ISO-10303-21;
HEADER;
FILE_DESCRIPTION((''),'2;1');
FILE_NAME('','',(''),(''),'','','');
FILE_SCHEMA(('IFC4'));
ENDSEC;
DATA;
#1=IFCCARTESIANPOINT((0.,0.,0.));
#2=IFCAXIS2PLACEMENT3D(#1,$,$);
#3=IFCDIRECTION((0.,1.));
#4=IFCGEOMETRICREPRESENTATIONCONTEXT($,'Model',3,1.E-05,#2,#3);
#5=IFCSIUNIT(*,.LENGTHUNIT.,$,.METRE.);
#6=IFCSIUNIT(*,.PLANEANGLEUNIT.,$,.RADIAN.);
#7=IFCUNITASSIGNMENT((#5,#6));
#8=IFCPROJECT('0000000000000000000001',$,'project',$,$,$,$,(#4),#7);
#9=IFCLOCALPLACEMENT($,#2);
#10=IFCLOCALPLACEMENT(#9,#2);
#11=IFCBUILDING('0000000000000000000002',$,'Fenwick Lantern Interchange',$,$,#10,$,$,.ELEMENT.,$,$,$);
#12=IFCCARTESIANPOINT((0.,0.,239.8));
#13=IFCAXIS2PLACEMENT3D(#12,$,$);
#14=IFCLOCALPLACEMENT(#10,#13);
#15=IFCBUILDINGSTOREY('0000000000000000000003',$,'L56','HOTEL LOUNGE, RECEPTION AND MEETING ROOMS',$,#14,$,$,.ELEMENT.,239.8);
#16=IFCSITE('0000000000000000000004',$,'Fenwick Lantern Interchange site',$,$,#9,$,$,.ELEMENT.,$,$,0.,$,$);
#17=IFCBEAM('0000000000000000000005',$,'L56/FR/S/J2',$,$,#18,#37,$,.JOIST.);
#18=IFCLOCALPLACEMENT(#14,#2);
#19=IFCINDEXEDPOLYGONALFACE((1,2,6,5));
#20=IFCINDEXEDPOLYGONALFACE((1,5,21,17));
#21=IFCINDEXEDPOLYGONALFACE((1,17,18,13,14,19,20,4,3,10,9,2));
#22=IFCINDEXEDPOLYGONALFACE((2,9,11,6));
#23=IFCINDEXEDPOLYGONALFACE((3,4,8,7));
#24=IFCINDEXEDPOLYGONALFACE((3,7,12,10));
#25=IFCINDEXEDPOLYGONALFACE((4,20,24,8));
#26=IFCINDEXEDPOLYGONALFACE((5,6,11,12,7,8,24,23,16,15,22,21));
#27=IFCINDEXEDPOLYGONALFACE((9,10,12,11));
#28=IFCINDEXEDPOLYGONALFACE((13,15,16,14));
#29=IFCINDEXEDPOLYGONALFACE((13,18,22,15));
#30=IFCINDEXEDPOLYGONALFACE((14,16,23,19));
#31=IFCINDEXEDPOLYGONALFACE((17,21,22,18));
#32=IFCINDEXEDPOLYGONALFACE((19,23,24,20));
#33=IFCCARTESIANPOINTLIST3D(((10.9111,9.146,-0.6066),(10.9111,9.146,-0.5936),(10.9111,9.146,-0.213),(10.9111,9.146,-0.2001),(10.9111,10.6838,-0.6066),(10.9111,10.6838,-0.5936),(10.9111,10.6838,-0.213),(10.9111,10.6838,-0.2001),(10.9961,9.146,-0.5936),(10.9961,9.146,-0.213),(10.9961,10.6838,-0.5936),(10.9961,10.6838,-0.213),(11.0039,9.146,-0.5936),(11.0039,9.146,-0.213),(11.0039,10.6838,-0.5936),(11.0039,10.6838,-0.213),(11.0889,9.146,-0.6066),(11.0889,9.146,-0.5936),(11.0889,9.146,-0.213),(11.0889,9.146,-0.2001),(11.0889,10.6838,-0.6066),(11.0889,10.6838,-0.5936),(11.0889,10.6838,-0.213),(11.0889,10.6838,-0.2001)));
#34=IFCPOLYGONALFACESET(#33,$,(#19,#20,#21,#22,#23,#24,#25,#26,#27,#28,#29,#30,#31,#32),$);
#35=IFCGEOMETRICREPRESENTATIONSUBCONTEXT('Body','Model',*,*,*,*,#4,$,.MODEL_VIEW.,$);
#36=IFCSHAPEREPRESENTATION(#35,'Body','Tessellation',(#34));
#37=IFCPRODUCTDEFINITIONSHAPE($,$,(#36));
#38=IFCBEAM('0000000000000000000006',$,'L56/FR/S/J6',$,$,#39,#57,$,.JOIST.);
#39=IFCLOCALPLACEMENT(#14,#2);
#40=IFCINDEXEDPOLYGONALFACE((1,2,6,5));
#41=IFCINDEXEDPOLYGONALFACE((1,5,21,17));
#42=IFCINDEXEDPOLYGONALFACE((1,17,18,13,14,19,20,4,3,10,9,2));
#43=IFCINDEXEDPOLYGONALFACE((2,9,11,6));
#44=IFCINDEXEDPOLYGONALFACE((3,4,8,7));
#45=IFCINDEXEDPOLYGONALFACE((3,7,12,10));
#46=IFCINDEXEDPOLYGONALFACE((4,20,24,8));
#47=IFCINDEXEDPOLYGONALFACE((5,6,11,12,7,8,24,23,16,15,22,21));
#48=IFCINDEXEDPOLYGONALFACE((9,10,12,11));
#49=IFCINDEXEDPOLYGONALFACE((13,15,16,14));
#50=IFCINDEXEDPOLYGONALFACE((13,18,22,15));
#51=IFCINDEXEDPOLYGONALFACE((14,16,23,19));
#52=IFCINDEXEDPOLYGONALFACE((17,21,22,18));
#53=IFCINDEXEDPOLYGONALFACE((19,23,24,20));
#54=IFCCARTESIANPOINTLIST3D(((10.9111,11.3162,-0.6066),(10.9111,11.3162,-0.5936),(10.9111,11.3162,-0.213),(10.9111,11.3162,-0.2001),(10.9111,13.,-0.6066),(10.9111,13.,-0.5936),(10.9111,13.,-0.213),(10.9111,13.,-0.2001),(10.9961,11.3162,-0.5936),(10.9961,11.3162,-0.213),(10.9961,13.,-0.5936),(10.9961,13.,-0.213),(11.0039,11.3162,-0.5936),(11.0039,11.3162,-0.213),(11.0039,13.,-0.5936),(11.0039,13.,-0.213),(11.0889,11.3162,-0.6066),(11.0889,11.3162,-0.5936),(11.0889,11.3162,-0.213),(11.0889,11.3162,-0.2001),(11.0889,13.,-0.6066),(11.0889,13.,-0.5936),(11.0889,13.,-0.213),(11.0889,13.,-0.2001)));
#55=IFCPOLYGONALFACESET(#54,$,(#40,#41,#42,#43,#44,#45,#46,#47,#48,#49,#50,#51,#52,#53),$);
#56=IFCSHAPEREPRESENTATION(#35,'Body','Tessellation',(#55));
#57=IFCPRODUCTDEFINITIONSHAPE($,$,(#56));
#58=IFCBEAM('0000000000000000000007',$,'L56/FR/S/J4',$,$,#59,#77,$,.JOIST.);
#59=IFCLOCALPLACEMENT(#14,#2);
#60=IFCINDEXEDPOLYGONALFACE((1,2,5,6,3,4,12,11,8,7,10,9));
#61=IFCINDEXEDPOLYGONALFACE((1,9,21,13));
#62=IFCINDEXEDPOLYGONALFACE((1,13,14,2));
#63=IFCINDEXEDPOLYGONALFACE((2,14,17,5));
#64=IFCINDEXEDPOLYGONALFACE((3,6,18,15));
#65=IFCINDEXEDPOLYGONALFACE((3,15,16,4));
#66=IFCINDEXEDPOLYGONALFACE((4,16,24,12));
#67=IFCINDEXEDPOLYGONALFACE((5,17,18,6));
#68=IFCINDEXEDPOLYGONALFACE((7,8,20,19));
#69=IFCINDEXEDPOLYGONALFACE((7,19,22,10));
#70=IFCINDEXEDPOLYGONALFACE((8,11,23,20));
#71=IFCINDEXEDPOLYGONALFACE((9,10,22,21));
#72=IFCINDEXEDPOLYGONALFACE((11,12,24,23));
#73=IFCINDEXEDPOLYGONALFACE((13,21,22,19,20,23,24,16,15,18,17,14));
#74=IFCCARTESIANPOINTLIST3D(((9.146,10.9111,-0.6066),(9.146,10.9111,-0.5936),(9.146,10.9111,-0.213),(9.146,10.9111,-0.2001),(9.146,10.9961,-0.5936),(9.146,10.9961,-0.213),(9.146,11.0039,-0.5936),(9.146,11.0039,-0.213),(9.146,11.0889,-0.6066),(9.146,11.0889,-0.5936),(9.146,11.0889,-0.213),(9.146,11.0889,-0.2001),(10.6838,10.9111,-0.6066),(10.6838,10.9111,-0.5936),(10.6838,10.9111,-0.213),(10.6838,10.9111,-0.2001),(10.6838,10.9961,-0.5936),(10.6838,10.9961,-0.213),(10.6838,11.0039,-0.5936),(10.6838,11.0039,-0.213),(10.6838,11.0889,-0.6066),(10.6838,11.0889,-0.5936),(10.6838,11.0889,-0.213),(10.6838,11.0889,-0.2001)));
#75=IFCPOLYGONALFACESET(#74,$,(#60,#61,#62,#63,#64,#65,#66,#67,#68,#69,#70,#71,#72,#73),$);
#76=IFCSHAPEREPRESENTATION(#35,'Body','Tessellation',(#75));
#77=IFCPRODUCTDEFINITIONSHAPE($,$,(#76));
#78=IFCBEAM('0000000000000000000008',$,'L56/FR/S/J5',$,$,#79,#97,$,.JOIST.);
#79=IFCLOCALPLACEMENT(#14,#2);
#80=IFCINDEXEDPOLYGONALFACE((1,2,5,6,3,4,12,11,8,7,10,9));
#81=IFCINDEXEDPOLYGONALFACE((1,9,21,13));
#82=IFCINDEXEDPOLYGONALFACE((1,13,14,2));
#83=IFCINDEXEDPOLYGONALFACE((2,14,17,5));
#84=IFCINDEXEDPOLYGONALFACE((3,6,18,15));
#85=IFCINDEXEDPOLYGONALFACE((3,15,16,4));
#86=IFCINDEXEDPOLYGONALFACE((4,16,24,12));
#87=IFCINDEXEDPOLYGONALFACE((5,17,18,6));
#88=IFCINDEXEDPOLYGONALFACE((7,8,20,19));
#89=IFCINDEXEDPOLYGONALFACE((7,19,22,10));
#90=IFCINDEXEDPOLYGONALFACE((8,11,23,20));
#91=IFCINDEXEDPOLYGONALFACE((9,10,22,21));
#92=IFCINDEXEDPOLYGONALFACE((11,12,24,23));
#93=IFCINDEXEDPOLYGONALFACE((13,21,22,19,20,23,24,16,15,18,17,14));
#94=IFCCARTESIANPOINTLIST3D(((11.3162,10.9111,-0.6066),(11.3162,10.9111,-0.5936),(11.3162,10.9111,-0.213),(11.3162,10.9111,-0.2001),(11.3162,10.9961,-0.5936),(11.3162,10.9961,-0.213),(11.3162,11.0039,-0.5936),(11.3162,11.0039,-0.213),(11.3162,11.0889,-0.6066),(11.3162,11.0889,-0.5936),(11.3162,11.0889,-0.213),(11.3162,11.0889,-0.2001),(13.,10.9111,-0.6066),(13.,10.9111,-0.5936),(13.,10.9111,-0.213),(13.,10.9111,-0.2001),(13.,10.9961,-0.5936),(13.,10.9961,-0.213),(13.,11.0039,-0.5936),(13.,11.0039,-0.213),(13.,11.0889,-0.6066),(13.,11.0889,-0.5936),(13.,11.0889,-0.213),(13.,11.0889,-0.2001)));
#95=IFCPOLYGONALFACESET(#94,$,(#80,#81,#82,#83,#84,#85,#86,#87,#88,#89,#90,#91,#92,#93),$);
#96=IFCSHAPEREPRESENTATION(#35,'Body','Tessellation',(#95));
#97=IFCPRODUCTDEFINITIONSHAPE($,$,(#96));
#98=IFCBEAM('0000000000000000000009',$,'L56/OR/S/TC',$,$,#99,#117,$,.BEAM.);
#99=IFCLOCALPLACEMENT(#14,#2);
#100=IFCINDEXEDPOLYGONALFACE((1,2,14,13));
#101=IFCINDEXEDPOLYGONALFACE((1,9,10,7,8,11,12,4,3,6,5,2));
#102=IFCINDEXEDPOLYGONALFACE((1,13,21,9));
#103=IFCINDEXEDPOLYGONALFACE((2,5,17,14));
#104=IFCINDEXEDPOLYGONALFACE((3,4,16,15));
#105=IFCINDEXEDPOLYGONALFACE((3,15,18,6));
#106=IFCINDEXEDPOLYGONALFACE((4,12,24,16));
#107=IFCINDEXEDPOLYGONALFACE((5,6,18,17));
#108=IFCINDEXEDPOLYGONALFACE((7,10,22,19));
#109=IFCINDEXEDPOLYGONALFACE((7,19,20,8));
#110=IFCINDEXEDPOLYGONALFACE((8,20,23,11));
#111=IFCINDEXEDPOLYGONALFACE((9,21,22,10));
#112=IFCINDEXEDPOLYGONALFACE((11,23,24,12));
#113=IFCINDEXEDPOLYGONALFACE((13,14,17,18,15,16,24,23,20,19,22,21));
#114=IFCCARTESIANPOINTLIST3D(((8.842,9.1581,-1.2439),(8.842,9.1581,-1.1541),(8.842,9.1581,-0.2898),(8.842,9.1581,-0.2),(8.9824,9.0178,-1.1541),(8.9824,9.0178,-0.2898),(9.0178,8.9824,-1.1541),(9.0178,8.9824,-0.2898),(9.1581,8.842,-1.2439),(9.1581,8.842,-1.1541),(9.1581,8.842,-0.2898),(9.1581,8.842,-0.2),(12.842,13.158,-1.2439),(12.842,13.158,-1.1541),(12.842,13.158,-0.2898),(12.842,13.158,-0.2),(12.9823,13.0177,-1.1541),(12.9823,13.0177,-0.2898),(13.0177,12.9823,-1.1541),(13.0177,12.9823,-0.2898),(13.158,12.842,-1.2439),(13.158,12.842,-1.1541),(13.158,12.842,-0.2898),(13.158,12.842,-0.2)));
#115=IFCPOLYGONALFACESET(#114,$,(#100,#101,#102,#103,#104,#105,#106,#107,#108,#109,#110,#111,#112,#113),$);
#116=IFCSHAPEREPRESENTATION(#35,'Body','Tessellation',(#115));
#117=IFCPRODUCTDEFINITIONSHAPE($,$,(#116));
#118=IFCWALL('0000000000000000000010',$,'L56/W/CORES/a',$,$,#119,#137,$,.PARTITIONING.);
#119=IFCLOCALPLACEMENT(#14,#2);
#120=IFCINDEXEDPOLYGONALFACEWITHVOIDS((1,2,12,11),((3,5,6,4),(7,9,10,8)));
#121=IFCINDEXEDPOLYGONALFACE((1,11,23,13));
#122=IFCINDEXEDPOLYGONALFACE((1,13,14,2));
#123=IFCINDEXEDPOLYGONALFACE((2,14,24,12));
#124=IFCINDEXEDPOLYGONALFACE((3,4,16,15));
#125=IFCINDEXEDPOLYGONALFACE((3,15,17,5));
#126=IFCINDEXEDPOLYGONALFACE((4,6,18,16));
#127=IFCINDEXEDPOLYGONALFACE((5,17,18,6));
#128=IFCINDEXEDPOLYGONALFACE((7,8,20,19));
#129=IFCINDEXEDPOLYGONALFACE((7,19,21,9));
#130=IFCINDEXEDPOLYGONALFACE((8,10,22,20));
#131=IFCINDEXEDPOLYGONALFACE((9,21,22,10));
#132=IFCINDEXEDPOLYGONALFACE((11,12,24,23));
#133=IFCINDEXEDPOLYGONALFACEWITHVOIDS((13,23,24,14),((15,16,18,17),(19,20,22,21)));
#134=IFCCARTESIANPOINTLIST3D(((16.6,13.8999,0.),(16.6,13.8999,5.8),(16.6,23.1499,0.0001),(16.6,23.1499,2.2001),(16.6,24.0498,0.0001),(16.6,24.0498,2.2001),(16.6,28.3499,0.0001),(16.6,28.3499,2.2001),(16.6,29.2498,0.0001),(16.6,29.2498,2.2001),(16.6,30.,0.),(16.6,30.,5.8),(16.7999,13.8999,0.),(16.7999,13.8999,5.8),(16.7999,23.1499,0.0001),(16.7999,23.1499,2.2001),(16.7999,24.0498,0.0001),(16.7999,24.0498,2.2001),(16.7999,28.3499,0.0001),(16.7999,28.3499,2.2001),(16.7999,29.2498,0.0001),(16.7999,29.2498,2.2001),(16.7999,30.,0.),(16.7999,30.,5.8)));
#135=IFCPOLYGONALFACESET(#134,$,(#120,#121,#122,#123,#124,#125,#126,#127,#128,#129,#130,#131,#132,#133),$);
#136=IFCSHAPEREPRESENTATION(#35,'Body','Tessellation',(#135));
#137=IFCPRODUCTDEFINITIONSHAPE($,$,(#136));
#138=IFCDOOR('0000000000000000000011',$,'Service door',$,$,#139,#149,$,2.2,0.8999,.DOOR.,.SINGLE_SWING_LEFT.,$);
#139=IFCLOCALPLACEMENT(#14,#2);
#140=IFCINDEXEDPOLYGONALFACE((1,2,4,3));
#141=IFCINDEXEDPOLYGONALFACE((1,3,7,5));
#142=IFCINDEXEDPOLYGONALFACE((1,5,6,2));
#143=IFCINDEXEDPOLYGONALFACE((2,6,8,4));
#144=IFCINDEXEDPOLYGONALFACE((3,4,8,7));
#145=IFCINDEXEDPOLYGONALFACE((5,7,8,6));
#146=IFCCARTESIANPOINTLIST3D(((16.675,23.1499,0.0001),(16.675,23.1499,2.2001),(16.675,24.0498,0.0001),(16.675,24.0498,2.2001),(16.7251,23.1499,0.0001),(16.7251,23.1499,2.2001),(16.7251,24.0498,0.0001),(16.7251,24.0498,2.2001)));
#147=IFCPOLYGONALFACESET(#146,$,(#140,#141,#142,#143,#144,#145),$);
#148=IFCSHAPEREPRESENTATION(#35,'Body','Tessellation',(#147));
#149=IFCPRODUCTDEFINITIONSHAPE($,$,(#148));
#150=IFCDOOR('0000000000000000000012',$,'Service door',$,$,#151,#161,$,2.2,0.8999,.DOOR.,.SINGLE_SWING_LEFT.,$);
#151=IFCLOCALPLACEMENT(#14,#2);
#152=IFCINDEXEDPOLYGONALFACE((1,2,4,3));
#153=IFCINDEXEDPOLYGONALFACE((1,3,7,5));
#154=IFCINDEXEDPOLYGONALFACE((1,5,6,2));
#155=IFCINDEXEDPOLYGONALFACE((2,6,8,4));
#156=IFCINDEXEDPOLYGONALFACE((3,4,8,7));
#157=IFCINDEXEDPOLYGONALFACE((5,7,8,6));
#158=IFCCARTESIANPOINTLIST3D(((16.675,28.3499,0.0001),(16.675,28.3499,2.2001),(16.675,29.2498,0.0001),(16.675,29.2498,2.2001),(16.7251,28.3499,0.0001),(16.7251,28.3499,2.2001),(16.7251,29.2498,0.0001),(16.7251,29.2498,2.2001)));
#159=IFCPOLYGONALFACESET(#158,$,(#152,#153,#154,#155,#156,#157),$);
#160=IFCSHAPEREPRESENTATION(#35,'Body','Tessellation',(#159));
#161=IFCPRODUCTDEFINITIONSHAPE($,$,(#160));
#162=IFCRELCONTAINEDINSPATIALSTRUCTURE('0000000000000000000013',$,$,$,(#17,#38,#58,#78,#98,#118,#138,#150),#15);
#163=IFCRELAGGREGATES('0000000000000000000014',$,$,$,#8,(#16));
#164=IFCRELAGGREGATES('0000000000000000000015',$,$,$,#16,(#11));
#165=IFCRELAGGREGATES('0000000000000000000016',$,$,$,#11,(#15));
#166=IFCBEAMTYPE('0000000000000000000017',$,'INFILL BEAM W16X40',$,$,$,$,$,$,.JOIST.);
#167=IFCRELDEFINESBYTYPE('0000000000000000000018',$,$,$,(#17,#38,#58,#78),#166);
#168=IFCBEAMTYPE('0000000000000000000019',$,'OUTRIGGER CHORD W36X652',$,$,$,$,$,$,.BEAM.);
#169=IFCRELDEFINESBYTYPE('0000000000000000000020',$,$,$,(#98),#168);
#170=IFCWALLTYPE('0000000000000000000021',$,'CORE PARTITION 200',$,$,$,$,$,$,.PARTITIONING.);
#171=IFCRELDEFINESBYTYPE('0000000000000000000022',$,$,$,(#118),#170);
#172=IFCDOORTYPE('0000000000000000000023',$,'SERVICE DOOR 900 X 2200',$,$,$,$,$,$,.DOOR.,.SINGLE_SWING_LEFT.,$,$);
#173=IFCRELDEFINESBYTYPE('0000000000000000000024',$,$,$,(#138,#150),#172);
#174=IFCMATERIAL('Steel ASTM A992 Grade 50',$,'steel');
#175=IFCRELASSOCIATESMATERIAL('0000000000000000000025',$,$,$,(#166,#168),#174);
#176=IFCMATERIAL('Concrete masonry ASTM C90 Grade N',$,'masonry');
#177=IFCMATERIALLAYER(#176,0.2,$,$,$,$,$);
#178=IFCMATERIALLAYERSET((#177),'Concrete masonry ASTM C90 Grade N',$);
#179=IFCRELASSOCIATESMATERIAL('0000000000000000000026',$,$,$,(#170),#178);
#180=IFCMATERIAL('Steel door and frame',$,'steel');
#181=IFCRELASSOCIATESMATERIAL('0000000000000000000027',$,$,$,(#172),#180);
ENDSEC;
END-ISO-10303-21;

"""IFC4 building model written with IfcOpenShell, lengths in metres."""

from ifc_helpers import new_model, si_unit, direction, frame, frame_2d, origin, origin_2d, place, context, subcontext, project, spatial, rectangle, i_section, extrude, material, layer, layer_set, material_profile, profile_set, type_object, element, fill, save


model = new_model("IFC4")

# Units and contexts
model_context = context("Model", 3, precision=1e-05, world=origin(), true_north=direction((0.0, 1.0)))
body_context = subcontext(model_context, "Body", "Model", "MODEL_VIEW")
ifc_project = project(units=[si_unit("LENGTHUNIT", "METRE"), si_unit("PLANEANGLEUNIT", "RADIAN")], contexts=[model_context])

# Site, building, storey
site_placement = place(None, origin())
site = spatial("IfcSite", under=ifc_project, at=site_placement, Name="Fenwick Lantern Interchange site", CompositionType="ELEMENT", RefElevation=0.0)
building_placement = place(site_placement, origin())
building = spatial("IfcBuilding", under=site, at=building_placement, Name="Fenwick Lantern Interchange", CompositionType="ELEMENT")
storey_placement = place(building_placement, frame((0.0, 0.0, 239.8)))
storey = spatial("IfcBuildingStorey", under=building, at=storey_placement, Name="L56", Description="HOTEL LOUNGE, RECEPTION AND MEETING ROOMS", CompositionType="ELEMENT", Elevation=239.8)

# Beams
ifc_material_1 = material(Name="Steel ASTM A992 Grade 50", Category="steel")
ifc_material_profile_1 = material_profile(ifc_material_1, i_section(OverallWidth=0.1777, OverallDepth=0.4065, WebThickness=0.0078, FlangeThickness=0.0129, at=origin_2d()), Name="W16X40")
ifc_profile_set_1 = profile_set([ifc_material_profile_1], Name="Steel ASTM A992 Grade 50")
beam_type_1 = type_object("IfcBeamType", Name="INFILL BEAM W16X40", PredefinedType="JOIST", material=ifc_profile_set_1)
beam_1_placement = place(storey_placement, frame((11.0, 9.146, -0.4033), z_axis=(0.0, 1.0, 0.0), x_axis=(-1.0, 0.0, 0.0)))
element("IfcBeam", 1, at=beam_1_placement, inside=storey, type_object=beam_type_1, Name="L56/FR/S/J2", PredefinedType="JOIST", context=body_context, shape_type="SweptSolid", body=[
    extrude(i_section(OverallWidth=0.1777, OverallDepth=0.4065, WebThickness=0.0078, FlangeThickness=0.0129, at=origin_2d()), origin(), (0.0, 0.0, 1.0), 1.5378),
])
beam_2_placement = place(storey_placement, frame((11.0, 11.3162, -0.4033), z_axis=(0.0, 1.0, 0.0), x_axis=(-1.0, 0.0, 0.0)))
element("IfcBeam", 2, at=beam_2_placement, inside=storey, type_object=beam_type_1, Name="L56/FR/S/J6", PredefinedType="JOIST", context=body_context, shape_type="SweptSolid", body=[
    extrude(i_section(OverallWidth=0.1777, OverallDepth=0.4065, WebThickness=0.0078, FlangeThickness=0.0129, at=origin_2d()), origin(), (0.0, 0.0, 1.0), 1.6838),
])
beam_3_placement = place(storey_placement, frame((9.146, 11.0, -0.4033), z_axis=(1.0, 0.0, 0.0), x_axis=(0.0, 1.0, 0.0)))
element("IfcBeam", 3, at=beam_3_placement, inside=storey, type_object=beam_type_1, Name="L56/FR/S/J4", PredefinedType="JOIST", context=body_context, shape_type="SweptSolid", body=[
    extrude(i_section(OverallWidth=0.1777, OverallDepth=0.4065, WebThickness=0.0078, FlangeThickness=0.0129, at=origin_2d()), origin(), (0.0, 0.0, 1.0), 1.5378),
])
beam_4_placement = place(storey_placement, frame((11.3162, 11.0, -0.4033), z_axis=(1.0, 0.0, 0.0), x_axis=(0.0, 1.0, 0.0)))
element("IfcBeam", 4, at=beam_4_placement, inside=storey, type_object=beam_type_1, Name="L56/FR/S/J5", PredefinedType="JOIST", context=body_context, shape_type="SweptSolid", body=[
    extrude(i_section(OverallWidth=0.1777, OverallDepth=0.4065, WebThickness=0.0078, FlangeThickness=0.0129, at=origin_2d()), origin(), (0.0, 0.0, 1.0), 1.6838),
])
ifc_material_profile_2 = material_profile(ifc_material_1, i_section(OverallWidth=0.447, OverallDepth=1.0439, WebThickness=0.05, FlangeThickness=0.0898, at=origin_2d()), Name="W36X652")
ifc_profile_set_2 = profile_set([ifc_material_profile_2], Name="Steel ASTM A992 Grade 50")
beam_type_2 = type_object("IfcBeamType", Name="OUTRIGGER CHORD W36X652", PredefinedType="BEAM", material=ifc_profile_set_2)
beam_5_placement = place(storey_placement, frame((13.0, 13.0, -0.7219), z_axis=(-0.707107, -0.707107, 0.0), x_axis=(0.707107, -0.707107, 0.0)))
element("IfcBeam", 5, at=beam_5_placement, inside=storey, type_object=beam_type_2, Name="L56/OR/S/TC", PredefinedType="BEAM", context=body_context, shape_type="SweptSolid", body=[
    extrude(i_section(OverallWidth=0.447, OverallDepth=1.0439, WebThickness=0.05, FlangeThickness=0.0898, at=origin_2d()), origin(), (0.0, 0.0, 1.0), 5.6567),
])

# Wall, openings, doors
ifc_material_2 = material(Name="Concrete masonry ASTM C90 Grade N", Category="masonry")
ifc_layer_1 = layer(ifc_material_2, 0.2)
ifc_layer_set_1 = layer_set([ifc_layer_1], Name="Concrete masonry ASTM C90 Grade N")
wall_type_1 = type_object("IfcWallType", Name="CORE PARTITION 200", PredefinedType="PARTITIONING", material=ifc_layer_set_1)
wall_1_placement = place(storey_placement, frame((16.7, 13.8999, 0.0), z_axis=(0.0, 0.0, 1.0), x_axis=(0.0, 1.0, 0.0)))
wall_1 = element("IfcWall", 6, at=wall_1_placement, inside=storey, type_object=wall_type_1, Name="L56/W/CORES/a", PredefinedType="PARTITIONING", context=body_context, shape_type="SweptSolid", body=[
    extrude(rectangle(XDim=16.1001, YDim=0.2, at=frame_2d((8.05, 0.0))), origin(), (0.0, 0.0, 1.0), 5.8),
])
opening_1_placement = place(wall_1_placement, frame((9.25, 0.0, 0.0)))
opening_1 = element("IfcOpeningElement", 7, at=opening_1_placement, cuts=wall_1, PredefinedType="OPENING", context=body_context, shape_type="SweptSolid", body=[
    extrude(rectangle(XDim=0.8999, YDim=2.2, at=frame_2d((0.45, 1.1001))), frame((0.0, 0.1099, 0.0), z_axis=(0.0, -1.0, 0.0), x_axis=(1.0, 0.0, 0.0)), (0.0, 0.0, 1.0), 0.22),
])
opening_2_placement = place(wall_1_placement, frame((14.45, 0.0, 0.0)))
opening_2 = element("IfcOpeningElement", 8, at=opening_2_placement, cuts=wall_1, PredefinedType="OPENING", context=body_context, shape_type="SweptSolid", body=[
    extrude(rectangle(XDim=0.8999, YDim=2.2, at=frame_2d((0.45, 1.1001))), frame((0.0, 0.1099, 0.0), z_axis=(0.0, -1.0, 0.0), x_axis=(1.0, 0.0, 0.0)), (0.0, 0.0, 1.0), 0.22),
])
ifc_material_3 = material(Name="Steel door and frame", Category="steel")
door_type_1 = type_object("IfcDoorType", Name="SERVICE DOOR 900 X 2200", OperationType="SINGLE_SWING_LEFT", PredefinedType="DOOR", material=ifc_material_3)
door_1_placement = place(opening_1_placement, origin())
door_1 = element("IfcDoor", 9, at=door_1_placement, inside=storey, type_object=door_type_1, Name="Service door", OperationType="SINGLE_SWING_LEFT", OverallHeight=2.2, OverallWidth=0.8999, PredefinedType="DOOR", context=body_context, shape_type="SweptSolid", body=[
    extrude(rectangle(XDim=0.8999, YDim=2.2, at=frame_2d((0.45, 1.1001))), frame((0.0, 0.0249, 0.0), z_axis=(0.0, -1.0, 0.0), x_axis=(1.0, 0.0, 0.0)), (0.0, 0.0, 1.0), 0.05),
])
fill(opening_1, door_1)
door_2_placement = place(opening_2_placement, origin())
door_2 = element("IfcDoor", 10, at=door_2_placement, inside=storey, type_object=door_type_1, Name="Service door", OperationType="SINGLE_SWING_LEFT", OverallHeight=2.2, OverallWidth=0.8999, PredefinedType="DOOR", context=body_context, shape_type="SweptSolid", body=[
    extrude(rectangle(XDim=0.8999, YDim=2.2, at=frame_2d((0.45, 1.1001))), frame((0.0, 0.0249, 0.0), z_axis=(0.0, -1.0, 0.0), x_axis=(1.0, 0.0, 0.0)), (0.0, 0.0, 1.0), 0.05),
])
fill(opening_2, door_2)

save(model, "model.ifc")
